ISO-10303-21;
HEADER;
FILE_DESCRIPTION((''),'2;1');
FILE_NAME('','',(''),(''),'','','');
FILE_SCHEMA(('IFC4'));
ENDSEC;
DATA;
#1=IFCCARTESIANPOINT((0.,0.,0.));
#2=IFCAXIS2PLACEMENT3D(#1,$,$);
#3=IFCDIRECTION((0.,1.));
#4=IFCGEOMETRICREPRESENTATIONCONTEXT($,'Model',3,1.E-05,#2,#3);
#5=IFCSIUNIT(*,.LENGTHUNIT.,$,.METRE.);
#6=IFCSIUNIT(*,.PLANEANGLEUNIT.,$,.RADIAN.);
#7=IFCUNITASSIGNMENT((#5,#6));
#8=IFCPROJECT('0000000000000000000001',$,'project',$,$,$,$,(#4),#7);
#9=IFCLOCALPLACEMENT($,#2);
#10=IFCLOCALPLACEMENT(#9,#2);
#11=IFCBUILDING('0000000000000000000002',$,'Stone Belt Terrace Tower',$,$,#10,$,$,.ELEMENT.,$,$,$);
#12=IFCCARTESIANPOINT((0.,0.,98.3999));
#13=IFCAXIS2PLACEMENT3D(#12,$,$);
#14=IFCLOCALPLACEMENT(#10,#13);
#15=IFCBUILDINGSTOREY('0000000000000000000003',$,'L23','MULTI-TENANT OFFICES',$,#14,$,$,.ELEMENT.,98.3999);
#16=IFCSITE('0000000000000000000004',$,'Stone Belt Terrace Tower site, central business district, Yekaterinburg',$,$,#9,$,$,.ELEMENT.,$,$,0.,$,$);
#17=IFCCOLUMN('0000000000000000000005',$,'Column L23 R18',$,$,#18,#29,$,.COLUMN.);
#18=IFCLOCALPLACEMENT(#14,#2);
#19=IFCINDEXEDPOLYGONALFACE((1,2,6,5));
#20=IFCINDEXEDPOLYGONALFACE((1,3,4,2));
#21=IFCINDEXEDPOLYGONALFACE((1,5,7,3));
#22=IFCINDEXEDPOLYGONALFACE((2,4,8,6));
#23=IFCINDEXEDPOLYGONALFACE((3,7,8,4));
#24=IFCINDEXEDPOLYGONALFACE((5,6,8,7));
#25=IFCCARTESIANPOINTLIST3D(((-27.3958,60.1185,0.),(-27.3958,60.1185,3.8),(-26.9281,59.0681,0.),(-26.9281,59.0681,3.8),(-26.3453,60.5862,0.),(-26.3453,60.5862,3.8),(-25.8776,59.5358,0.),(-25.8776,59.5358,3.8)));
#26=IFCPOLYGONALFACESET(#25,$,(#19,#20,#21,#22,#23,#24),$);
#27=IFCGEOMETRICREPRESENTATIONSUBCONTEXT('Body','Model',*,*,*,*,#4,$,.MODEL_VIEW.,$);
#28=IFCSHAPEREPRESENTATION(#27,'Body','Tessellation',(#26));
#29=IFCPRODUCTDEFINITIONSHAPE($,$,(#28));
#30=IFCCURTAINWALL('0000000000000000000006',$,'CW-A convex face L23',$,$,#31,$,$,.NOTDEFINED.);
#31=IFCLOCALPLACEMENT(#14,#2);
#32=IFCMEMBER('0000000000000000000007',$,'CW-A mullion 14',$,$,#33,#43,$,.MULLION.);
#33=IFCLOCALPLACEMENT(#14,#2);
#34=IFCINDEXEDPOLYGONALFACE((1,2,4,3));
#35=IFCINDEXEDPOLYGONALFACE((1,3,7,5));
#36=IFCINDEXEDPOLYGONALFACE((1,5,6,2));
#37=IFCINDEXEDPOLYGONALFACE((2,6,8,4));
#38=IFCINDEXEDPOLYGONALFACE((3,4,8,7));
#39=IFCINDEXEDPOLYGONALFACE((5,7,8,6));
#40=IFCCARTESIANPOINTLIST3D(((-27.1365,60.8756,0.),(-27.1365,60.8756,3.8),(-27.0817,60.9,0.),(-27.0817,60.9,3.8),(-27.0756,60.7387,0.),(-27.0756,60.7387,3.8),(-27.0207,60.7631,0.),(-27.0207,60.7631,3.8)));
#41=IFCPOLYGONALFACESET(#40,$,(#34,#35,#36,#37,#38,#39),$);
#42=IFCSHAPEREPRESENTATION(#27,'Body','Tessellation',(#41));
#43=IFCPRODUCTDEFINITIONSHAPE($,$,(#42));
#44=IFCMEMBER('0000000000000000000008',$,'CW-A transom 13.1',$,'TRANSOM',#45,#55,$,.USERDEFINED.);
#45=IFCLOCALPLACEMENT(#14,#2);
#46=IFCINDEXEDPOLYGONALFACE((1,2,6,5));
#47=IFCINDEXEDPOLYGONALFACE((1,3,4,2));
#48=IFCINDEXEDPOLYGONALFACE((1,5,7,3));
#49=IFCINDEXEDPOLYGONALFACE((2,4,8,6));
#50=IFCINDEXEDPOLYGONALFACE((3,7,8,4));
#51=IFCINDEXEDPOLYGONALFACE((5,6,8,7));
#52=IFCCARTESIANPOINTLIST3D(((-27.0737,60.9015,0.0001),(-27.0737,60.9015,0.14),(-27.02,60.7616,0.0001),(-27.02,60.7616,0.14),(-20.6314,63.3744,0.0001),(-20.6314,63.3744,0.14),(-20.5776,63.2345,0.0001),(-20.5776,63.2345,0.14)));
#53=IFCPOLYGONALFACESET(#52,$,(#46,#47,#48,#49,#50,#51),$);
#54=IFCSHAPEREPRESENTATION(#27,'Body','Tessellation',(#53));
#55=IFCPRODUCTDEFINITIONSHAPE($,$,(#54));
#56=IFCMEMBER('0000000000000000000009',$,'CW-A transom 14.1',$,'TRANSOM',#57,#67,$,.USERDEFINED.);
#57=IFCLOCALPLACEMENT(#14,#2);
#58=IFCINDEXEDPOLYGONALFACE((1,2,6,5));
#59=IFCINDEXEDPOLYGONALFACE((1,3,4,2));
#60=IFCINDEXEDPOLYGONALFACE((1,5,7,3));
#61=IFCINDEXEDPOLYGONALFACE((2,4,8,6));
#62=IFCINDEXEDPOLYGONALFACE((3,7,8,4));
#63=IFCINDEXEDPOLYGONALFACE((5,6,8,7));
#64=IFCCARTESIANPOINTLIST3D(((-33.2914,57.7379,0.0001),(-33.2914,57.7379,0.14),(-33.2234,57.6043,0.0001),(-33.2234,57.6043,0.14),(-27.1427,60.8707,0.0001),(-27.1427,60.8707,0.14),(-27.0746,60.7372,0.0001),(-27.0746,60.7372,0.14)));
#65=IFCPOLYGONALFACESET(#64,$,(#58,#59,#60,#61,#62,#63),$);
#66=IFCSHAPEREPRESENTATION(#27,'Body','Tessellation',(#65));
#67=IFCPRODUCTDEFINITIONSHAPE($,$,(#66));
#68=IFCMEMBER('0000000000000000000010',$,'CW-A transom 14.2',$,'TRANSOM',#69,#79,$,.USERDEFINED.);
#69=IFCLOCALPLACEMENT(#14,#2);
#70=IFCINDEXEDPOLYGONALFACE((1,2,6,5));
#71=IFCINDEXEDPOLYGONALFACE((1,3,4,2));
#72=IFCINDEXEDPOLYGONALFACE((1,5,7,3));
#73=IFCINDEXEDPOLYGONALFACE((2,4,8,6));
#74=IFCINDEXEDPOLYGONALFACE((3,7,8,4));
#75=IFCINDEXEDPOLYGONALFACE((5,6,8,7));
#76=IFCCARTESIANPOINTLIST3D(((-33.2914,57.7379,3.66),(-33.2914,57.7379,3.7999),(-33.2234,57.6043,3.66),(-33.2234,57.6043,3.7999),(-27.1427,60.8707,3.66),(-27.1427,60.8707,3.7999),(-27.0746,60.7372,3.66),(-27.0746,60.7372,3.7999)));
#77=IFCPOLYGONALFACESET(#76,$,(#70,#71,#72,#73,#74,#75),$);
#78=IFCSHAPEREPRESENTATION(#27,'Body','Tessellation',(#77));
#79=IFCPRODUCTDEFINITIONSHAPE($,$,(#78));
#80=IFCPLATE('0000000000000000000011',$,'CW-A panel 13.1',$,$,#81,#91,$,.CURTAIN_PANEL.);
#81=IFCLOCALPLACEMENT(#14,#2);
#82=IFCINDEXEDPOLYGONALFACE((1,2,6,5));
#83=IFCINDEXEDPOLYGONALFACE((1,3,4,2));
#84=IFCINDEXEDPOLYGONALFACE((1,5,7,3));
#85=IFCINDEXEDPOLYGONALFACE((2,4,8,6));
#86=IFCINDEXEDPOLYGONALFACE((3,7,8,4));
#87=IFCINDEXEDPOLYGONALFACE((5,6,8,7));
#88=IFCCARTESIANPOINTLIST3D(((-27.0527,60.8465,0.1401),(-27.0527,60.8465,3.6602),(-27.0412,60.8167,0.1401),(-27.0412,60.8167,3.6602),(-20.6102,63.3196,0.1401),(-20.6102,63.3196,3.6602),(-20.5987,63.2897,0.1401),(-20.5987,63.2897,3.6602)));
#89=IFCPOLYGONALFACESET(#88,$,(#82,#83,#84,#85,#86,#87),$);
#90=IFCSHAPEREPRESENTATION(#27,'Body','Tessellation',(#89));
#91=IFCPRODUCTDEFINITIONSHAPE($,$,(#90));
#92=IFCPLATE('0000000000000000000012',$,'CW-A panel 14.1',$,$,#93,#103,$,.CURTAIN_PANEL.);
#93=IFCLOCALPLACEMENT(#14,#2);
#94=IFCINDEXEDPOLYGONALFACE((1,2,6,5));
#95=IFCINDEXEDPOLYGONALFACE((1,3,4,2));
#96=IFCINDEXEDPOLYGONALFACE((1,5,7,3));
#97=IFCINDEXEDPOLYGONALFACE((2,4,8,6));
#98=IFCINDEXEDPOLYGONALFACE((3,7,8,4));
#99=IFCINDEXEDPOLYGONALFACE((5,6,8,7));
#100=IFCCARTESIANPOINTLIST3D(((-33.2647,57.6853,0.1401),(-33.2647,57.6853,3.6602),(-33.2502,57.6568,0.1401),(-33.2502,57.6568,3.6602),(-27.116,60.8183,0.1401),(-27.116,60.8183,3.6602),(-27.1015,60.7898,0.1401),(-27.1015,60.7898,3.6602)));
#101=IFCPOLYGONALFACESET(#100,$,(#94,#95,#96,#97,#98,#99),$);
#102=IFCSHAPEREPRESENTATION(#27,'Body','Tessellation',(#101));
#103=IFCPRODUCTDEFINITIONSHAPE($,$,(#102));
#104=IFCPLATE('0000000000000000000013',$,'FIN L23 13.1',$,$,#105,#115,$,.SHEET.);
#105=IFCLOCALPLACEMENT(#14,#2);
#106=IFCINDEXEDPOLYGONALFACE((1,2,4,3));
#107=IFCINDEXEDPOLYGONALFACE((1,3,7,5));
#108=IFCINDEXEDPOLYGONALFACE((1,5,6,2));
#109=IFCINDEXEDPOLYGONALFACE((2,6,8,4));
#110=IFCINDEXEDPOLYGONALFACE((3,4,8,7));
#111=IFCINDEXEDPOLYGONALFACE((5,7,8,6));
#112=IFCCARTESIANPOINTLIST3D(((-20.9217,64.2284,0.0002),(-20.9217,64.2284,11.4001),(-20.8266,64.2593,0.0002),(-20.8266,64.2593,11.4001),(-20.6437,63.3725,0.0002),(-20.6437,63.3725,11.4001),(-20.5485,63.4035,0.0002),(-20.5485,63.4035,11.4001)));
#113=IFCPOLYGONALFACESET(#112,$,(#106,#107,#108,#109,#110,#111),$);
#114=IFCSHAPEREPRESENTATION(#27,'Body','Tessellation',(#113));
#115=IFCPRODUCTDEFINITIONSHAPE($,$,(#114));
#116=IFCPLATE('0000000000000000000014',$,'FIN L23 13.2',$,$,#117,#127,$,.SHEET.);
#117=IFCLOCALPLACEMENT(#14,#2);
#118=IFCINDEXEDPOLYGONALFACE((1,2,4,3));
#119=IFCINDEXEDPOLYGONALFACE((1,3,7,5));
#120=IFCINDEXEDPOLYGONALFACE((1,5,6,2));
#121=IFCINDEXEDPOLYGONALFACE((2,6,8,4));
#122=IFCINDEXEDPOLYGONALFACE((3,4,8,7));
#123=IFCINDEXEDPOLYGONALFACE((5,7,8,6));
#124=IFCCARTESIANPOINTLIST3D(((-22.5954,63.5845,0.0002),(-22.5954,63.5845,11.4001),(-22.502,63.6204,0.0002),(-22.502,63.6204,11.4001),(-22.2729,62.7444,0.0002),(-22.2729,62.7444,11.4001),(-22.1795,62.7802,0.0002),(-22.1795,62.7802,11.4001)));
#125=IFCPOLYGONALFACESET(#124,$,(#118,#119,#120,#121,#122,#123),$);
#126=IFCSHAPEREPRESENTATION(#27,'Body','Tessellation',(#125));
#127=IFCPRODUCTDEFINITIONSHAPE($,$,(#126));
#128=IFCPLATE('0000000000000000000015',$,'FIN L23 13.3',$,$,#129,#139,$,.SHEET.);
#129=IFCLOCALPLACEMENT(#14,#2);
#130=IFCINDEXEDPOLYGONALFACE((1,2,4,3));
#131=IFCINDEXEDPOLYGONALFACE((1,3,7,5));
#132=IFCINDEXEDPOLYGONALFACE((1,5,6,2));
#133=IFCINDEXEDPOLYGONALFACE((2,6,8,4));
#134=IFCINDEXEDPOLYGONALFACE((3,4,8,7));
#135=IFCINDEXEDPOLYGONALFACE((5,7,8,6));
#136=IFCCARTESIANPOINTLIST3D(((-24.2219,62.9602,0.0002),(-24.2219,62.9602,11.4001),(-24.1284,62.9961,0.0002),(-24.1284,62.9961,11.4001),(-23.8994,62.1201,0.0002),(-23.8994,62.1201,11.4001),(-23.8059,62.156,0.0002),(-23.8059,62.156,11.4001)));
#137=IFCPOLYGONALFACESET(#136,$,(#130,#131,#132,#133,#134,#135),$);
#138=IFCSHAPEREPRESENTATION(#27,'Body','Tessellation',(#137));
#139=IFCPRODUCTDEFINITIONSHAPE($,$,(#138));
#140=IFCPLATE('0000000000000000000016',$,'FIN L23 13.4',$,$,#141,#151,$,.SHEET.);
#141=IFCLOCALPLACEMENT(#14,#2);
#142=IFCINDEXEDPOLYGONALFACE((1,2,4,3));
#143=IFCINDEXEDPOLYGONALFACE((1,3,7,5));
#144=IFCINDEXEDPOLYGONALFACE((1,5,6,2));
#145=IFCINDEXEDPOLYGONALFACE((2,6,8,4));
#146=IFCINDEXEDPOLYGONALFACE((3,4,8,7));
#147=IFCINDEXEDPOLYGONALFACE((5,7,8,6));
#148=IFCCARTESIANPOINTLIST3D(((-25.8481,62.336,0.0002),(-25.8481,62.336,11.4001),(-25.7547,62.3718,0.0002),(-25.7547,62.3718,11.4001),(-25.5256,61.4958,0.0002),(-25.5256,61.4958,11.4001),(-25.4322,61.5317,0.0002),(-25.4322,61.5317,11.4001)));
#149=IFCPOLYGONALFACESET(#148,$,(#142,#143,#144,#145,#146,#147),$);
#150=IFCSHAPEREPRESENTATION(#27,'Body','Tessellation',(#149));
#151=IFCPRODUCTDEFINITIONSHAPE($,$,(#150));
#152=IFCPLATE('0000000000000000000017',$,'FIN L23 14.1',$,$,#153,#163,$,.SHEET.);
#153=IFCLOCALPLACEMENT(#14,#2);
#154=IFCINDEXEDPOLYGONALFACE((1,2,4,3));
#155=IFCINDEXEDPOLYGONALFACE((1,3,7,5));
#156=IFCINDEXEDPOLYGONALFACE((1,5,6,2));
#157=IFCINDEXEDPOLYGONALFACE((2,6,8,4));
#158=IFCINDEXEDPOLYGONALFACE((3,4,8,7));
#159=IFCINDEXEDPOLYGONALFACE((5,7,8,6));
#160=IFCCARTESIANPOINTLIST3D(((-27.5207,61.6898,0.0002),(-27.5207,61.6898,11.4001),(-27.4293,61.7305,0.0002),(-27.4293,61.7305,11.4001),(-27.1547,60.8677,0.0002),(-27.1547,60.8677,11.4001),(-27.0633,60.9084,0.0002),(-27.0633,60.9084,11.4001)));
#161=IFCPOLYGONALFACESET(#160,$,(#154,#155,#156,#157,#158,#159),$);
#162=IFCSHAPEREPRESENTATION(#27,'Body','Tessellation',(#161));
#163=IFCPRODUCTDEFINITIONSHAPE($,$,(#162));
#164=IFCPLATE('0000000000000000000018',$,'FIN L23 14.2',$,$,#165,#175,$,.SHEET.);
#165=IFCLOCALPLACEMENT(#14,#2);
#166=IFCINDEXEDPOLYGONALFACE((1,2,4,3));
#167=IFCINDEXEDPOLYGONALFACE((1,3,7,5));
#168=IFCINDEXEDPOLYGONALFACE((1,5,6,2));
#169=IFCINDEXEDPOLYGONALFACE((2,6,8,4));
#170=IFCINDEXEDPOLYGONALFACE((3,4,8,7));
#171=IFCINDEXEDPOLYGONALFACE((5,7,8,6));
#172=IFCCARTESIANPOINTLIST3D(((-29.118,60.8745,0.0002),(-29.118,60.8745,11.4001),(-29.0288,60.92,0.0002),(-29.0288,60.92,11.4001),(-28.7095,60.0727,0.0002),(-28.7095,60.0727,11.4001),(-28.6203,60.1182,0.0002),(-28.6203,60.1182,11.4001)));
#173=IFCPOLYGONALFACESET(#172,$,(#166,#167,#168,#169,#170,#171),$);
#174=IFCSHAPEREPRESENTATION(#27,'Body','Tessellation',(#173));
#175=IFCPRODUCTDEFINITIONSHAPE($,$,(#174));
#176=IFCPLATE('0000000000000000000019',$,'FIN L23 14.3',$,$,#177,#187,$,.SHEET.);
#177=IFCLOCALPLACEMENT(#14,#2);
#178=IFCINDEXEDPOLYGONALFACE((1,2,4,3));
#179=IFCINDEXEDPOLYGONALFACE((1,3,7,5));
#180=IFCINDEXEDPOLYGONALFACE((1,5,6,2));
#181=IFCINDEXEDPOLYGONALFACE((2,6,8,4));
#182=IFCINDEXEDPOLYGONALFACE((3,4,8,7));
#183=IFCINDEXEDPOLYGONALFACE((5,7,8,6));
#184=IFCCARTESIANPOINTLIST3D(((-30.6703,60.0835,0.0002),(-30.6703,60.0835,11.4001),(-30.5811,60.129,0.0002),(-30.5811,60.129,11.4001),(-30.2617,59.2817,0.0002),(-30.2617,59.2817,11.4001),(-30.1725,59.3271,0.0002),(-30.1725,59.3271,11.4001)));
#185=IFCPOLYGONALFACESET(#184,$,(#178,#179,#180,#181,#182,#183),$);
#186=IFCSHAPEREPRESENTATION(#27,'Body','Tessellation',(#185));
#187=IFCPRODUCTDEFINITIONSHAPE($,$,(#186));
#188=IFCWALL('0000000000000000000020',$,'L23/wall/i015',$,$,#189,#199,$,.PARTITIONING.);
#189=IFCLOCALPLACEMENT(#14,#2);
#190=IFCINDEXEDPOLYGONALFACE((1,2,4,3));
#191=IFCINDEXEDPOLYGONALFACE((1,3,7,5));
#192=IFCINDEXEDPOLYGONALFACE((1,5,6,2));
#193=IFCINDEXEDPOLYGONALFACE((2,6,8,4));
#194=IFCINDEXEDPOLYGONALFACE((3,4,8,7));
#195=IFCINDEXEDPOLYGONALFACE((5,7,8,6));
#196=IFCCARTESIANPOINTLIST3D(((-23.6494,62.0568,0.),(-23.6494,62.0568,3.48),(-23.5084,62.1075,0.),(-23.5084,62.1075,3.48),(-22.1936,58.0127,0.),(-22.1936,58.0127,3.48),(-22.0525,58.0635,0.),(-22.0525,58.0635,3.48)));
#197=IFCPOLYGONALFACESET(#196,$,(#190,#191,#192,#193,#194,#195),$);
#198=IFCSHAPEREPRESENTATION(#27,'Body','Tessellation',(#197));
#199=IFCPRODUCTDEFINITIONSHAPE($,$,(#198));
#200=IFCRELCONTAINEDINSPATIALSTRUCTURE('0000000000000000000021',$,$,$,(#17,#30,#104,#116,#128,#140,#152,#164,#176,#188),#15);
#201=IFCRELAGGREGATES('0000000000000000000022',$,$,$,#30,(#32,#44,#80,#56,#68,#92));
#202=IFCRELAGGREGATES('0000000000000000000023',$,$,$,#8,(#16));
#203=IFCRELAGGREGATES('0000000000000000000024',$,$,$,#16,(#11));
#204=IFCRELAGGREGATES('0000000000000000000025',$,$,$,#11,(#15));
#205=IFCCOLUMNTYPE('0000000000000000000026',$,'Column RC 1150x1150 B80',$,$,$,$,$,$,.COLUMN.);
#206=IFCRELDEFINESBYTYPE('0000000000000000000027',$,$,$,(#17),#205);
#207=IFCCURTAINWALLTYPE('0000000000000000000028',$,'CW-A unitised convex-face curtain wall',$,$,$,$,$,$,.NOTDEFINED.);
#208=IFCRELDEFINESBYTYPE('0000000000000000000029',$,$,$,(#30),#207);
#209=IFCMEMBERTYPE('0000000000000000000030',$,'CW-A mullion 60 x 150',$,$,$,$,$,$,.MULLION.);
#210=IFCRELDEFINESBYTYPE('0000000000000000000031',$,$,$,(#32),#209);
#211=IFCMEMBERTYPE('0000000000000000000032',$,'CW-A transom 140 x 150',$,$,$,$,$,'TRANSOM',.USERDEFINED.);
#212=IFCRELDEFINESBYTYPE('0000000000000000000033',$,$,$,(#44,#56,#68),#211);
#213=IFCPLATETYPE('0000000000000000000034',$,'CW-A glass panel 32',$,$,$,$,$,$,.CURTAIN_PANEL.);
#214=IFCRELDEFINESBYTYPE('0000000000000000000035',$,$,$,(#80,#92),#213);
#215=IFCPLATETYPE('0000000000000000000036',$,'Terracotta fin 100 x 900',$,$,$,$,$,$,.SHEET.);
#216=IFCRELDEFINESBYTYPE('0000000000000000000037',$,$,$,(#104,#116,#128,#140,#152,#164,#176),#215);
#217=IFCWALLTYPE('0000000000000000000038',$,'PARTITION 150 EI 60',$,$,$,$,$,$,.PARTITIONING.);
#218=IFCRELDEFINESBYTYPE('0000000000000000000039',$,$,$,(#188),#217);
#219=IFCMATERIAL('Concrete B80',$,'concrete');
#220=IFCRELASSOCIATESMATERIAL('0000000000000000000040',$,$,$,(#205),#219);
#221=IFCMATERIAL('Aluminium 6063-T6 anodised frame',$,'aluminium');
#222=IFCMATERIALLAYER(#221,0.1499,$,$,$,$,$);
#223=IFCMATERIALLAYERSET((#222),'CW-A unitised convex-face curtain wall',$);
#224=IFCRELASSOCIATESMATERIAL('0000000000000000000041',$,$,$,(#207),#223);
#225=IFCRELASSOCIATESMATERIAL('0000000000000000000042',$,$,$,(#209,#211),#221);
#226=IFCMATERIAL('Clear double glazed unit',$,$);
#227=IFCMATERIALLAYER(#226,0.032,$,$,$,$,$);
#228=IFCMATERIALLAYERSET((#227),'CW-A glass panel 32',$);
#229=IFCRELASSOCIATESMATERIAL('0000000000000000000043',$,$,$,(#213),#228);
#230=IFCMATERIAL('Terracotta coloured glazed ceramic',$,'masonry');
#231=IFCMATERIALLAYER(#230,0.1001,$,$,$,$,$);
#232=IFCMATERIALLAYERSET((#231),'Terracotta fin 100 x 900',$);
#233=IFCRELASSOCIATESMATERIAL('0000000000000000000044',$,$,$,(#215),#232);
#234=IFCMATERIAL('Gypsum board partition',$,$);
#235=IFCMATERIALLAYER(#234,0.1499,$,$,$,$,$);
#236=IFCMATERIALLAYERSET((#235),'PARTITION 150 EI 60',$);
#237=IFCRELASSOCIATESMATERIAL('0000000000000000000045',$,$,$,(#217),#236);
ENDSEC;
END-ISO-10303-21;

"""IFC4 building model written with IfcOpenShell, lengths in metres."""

from ifc_helpers import new_model, si_unit, direction, frame, frame_2d, origin, origin_2d, place, context, subcontext, project, spatial, rectangle, extrude, material, layer, layer_set, material_profile, profile_set, type_object, element, aggregate, save


model = new_model("IFC4")

# Units and contexts
model_context = context("Model", 3, precision=1e-05, world=origin(), true_north=direction((0.0, 1.0)))
body_context = subcontext(model_context, "Body", "Model", "MODEL_VIEW")
ifc_project = project(units=[si_unit("LENGTHUNIT", "METRE"), si_unit("PLANEANGLEUNIT", "RADIAN")], contexts=[model_context])

# Site, building, storey
site_placement = place(None, origin())
site = spatial("IfcSite", under=ifc_project, at=site_placement, Name="Stone Belt Terrace Tower site, central business district, Yekaterinburg", CompositionType="ELEMENT", RefElevation=0.0)
building_placement = place(site_placement, origin())
building = spatial("IfcBuilding", under=site, at=building_placement, Name="Stone Belt Terrace Tower", CompositionType="ELEMENT")
storey_placement = place(building_placement, frame((0.0, 0.0, 98.3999)))
storey = spatial("IfcBuildingStorey", under=building, at=storey_placement, Name="L23", Description="MULTI-TENANT OFFICES", CompositionType="ELEMENT", Elevation=98.3999)

# Column
ifc_material_1 = material(Name="Concrete B80", Category="concrete")
ifc_material_profile_1 = material_profile(ifc_material_1, rectangle(XDim=1.1499, YDim=1.1499, at=origin_2d()), Name="RC 1150x1150")
ifc_profile_set_1 = profile_set([ifc_material_profile_1], Name="Concrete B80")
column_type = type_object("IfcColumnType", Name="Column RC 1150x1150 B80", PredefinedType="COLUMN", material=ifc_profile_set_1)
column_placement = place(storey_placement, frame((-26.6367, 59.8271, 0.0), z_axis=(0.0, 0.0, 1.0), x_axis=(0.913545, 0.406737, 0.0)))
element("IfcColumn", 1, at=column_placement, inside=storey, type_object=column_type, Name="Column L23 R18", PredefinedType="COLUMN", context=body_context, shape_type="SweptSolid", body=[
    extrude(rectangle(XDim=1.1499, YDim=1.1499, at=origin_2d()), origin(), (0.0, 0.0, 1.0), 3.8),
])

# Curtain wall, members, plates
ifc_material_2 = material(Name="Aluminium 6063-T6 anodised frame", Category="aluminium")
ifc_layer_1 = layer(ifc_material_2, 0.1499)
ifc_layer_set_1 = layer_set([ifc_layer_1], Name="CW-A unitised convex-face curtain wall")
curtain_wall_type = type_object("IfcCurtainWallType", Name="CW-A unitised convex-face curtain wall", PredefinedType="NOTDEFINED", material=ifc_layer_set_1)
curtain_wall_placement = place(storey_placement, origin())
curtain_wall = element("IfcCurtainWall", 2, at=curtain_wall_placement, inside=storey, type_object=curtain_wall_type, Name="CW-A convex face L23", PredefinedType="NOTDEFINED")
ifc_material_profile_2 = material_profile(ifc_material_2, rectangle(XDim=0.1499, YDim=0.0601, at=origin_2d()), Name="Aluminium 6063-T6 60x150")
ifc_profile_set_2 = profile_set([ifc_material_profile_2], Name="Aluminium 6063-T6 anodised frame")
member_type_1 = type_object("IfcMemberType", Name="CW-A mullion 60 x 150", PredefinedType="MULLION", material=ifc_profile_set_2)
member_1_placement = place(storey_placement, frame((-27.0786, 60.8193, 0.0), z_axis=(0.0, 0.0, 1.0), x_axis=(0.406737, -0.913545, 0.0)))
member_1 = element("IfcMember", 3, at=member_1_placement, type_object=member_type_1, Name="CW-A mullion 14", PredefinedType="MULLION", context=body_context, shape_type="SweptSolid", body=[
    extrude(rectangle(XDim=0.1499, YDim=0.0601, at=origin_2d()), origin(), (0.0, 0.0, 1.0), 3.8),
])
ifc_material_profile_3 = material_profile(ifc_material_2, rectangle(XDim=0.1499, YDim=0.1399, at=origin_2d()), Name="Aluminium 6063-T6 150x140")
ifc_profile_set_3 = profile_set([ifc_material_profile_3], Name="Aluminium 6063-T6 anodised frame")
member_type_2 = type_object("IfcMemberType", Name="CW-A transom 140 x 150", ElementType="TRANSOM", PredefinedType="USERDEFINED", material=ifc_profile_set_3)
member_2_placement = place(storey_placement, frame((-20.6045, 63.3044, 0.0701), z_axis=(-0.933585, -0.358355, 0.0), x_axis=(0.358355, -0.933585, 0.0)))
member_2 = element("IfcMember", 4, at=member_2_placement, type_object=member_type_2, Name="CW-A transom 13.1", ObjectType="TRANSOM", PredefinedType="USERDEFINED", context=body_context, shape_type="SweptSolid", body=[
    extrude(rectangle(XDim=0.1499, YDim=0.1399, at=origin_2d()), origin(), (0.0, 0.0, 1.0), 6.9006),
])
member_3_placement = place(storey_placement, frame((-27.1086, 60.804, 0.0701), z_axis=(-0.891012, -0.453979, 0.0), x_axis=(0.453979, -0.891012, 0.0)))
member_3 = element("IfcMember", 5, at=member_3_placement, type_object=member_type_2, Name="CW-A transom 14.1", ObjectType="TRANSOM", PredefinedType="USERDEFINED", context=body_context, shape_type="SweptSolid", body=[
    extrude(rectangle(XDim=0.1499, YDim=0.1399, at=origin_2d()), origin(), (0.0, 0.0, 1.0), 6.9009),
])
member_4_placement = place(storey_placement, frame((-27.1086, 60.804, 3.73), z_axis=(-0.891012, -0.453979, 0.0), x_axis=(0.453979, -0.891012, 0.0)))
member_4 = element("IfcMember", 6, at=member_4_placement, type_object=member_type_2, Name="CW-A transom 14.2", ObjectType="TRANSOM", PredefinedType="USERDEFINED", context=body_context, shape_type="SweptSolid", body=[
    extrude(rectangle(XDim=0.1499, YDim=0.1399, at=origin_2d()), origin(), (0.0, 0.0, 1.0), 6.9009),
])
ifc_material_3 = material(Name="Clear double glazed unit")
ifc_layer_2 = layer(ifc_material_3, 0.032)
ifc_layer_set_2 = layer_set([ifc_layer_2], Name="CW-A glass panel 32")
plate_type_1 = type_object("IfcPlateType", Name="CW-A glass panel 32", PredefinedType="CURTAIN_PANEL", material=ifc_layer_set_2)
plate_1_placement = place(storey_placement, frame((-23.8257, 62.0681, 0.1401), z_axis=(0.0, 0.0, 1.0), x_axis=(-0.93358, -0.358368, 0.0)))
plate_1 = element("IfcPlate", 7, at=plate_1_placement, type_object=plate_type_1, Name="CW-A panel 13.1", PredefinedType="CURTAIN_PANEL", context=body_context, shape_type="SweptSolid", body=[
    extrude(rectangle(XDim=6.9009, YDim=0.032, at=origin_2d()), origin(), (0.0, 0.0, 1.0), 3.52),
])
plate_2_placement = place(storey_placement, frame((-30.1831, 59.2375, 0.1401), z_axis=(0.0, 0.0, 1.0), x_axis=(-0.891007, -0.45399, 0.0)))
plate_2 = element("IfcPlate", 8, at=plate_2_placement, type_object=plate_type_1, Name="CW-A panel 14.1", PredefinedType="CURTAIN_PANEL", context=body_context, shape_type="SweptSolid", body=[
    extrude(rectangle(XDim=6.9009, YDim=0.032, at=origin_2d()), origin(), (0.0, 0.0, 1.0), 3.52),
])
aggregate(curtain_wall, [member_1, member_2, plate_1, member_3, member_4, plate_2])

# Plates
ifc_material_4 = material(Name="Terracotta coloured glazed ceramic", Category="masonry")
ifc_layer_3 = layer(ifc_material_4, 0.1001)
ifc_layer_set_3 = layer_set([ifc_layer_3], Name="Terracotta fin 100 x 900")
plate_type_2 = type_object("IfcPlateType", Name="Terracotta fin 100 x 900", PredefinedType="SHEET", material=ifc_layer_set_3)
for number, where, z_axis, x_axis, name in (
    (9, (-20.7351, 63.8159, 0.0002), (0.0, 0.0, 1.0), (-0.309017, 0.951057, 0.0), "FIN L23 13.1"),
    (10, (-22.3875, 63.1824, 0.0002), (0.0, 0.0, 1.0), (-0.358368, 0.93358, 0.0), "FIN L23 13.2"),
    (11, (-24.0139, 62.5581, 0.0002), (0.0, 0.0, 1.0), (-0.358368, 0.93358, 0.0), "FIN L23 13.3"),
    (12, (-25.6401, 61.9338, 0.0002), (0.0, 0.0, 1.0), (-0.358368, 0.93358, 0.0), "FIN L23 13.4"),
    (13, (-27.292, 61.2991, 0.0002), (0.0, 0.0, 1.0), (-0.406737, 0.913545, 0.0), "FIN L23 14.1"),
    (14, (-28.8691, 60.4963, 0.0002), (0.0, 0.0, 1.0), (-0.45399, 0.891007, 0.0), "FIN L23 14.2"),
    (15, (-30.4214, 59.7053, 0.0002), (0.0, 0.0, 1.0), (-0.45399, 0.891007, 0.0), "FIN L23 14.3"),
):
    element("IfcPlate", number, at=place(storey_placement, frame(where, z_axis=z_axis, x_axis=x_axis)), inside=storey, type_object=plate_type_2, Name=name, PredefinedType="SHEET", context=body_context, shape_type="SweptSolid", body=[
        extrude(rectangle(XDim=0.8999, YDim=0.1001, at=origin_2d()), origin(), (0.0, 0.0, 1.0), 11.3999),
    ])

# Wall
ifc_material_5 = material(Name="Gypsum board partition")
ifc_layer_4 = layer(ifc_material_5, 0.1499)
ifc_layer_set_4 = layer_set([ifc_layer_4], Name="PARTITION 150 EI 60")
wall_type = type_object("IfcWallType", Name="PARTITION 150 EI 60", PredefinedType="PARTITIONING", material=ifc_layer_set_4)
wall_placement = place(storey_placement, frame((-23.5789, 62.082, 0.0), z_axis=(0.0, 0.0, 1.0), x_axis=(0.338717, -0.940888, 0.0)))
element("IfcWall", 16, at=wall_placement, inside=storey, type_object=wall_type, Name="L23/wall/i015", PredefinedType="PARTITIONING", context=body_context, shape_type="SweptSolid", body=[
    extrude(rectangle(XDim=4.2981, YDim=0.1499, at=frame_2d((2.1489, 0.0))), origin(), (0.0, 0.0, 1.0), 3.48),
])

save(model, "model.ifc")
